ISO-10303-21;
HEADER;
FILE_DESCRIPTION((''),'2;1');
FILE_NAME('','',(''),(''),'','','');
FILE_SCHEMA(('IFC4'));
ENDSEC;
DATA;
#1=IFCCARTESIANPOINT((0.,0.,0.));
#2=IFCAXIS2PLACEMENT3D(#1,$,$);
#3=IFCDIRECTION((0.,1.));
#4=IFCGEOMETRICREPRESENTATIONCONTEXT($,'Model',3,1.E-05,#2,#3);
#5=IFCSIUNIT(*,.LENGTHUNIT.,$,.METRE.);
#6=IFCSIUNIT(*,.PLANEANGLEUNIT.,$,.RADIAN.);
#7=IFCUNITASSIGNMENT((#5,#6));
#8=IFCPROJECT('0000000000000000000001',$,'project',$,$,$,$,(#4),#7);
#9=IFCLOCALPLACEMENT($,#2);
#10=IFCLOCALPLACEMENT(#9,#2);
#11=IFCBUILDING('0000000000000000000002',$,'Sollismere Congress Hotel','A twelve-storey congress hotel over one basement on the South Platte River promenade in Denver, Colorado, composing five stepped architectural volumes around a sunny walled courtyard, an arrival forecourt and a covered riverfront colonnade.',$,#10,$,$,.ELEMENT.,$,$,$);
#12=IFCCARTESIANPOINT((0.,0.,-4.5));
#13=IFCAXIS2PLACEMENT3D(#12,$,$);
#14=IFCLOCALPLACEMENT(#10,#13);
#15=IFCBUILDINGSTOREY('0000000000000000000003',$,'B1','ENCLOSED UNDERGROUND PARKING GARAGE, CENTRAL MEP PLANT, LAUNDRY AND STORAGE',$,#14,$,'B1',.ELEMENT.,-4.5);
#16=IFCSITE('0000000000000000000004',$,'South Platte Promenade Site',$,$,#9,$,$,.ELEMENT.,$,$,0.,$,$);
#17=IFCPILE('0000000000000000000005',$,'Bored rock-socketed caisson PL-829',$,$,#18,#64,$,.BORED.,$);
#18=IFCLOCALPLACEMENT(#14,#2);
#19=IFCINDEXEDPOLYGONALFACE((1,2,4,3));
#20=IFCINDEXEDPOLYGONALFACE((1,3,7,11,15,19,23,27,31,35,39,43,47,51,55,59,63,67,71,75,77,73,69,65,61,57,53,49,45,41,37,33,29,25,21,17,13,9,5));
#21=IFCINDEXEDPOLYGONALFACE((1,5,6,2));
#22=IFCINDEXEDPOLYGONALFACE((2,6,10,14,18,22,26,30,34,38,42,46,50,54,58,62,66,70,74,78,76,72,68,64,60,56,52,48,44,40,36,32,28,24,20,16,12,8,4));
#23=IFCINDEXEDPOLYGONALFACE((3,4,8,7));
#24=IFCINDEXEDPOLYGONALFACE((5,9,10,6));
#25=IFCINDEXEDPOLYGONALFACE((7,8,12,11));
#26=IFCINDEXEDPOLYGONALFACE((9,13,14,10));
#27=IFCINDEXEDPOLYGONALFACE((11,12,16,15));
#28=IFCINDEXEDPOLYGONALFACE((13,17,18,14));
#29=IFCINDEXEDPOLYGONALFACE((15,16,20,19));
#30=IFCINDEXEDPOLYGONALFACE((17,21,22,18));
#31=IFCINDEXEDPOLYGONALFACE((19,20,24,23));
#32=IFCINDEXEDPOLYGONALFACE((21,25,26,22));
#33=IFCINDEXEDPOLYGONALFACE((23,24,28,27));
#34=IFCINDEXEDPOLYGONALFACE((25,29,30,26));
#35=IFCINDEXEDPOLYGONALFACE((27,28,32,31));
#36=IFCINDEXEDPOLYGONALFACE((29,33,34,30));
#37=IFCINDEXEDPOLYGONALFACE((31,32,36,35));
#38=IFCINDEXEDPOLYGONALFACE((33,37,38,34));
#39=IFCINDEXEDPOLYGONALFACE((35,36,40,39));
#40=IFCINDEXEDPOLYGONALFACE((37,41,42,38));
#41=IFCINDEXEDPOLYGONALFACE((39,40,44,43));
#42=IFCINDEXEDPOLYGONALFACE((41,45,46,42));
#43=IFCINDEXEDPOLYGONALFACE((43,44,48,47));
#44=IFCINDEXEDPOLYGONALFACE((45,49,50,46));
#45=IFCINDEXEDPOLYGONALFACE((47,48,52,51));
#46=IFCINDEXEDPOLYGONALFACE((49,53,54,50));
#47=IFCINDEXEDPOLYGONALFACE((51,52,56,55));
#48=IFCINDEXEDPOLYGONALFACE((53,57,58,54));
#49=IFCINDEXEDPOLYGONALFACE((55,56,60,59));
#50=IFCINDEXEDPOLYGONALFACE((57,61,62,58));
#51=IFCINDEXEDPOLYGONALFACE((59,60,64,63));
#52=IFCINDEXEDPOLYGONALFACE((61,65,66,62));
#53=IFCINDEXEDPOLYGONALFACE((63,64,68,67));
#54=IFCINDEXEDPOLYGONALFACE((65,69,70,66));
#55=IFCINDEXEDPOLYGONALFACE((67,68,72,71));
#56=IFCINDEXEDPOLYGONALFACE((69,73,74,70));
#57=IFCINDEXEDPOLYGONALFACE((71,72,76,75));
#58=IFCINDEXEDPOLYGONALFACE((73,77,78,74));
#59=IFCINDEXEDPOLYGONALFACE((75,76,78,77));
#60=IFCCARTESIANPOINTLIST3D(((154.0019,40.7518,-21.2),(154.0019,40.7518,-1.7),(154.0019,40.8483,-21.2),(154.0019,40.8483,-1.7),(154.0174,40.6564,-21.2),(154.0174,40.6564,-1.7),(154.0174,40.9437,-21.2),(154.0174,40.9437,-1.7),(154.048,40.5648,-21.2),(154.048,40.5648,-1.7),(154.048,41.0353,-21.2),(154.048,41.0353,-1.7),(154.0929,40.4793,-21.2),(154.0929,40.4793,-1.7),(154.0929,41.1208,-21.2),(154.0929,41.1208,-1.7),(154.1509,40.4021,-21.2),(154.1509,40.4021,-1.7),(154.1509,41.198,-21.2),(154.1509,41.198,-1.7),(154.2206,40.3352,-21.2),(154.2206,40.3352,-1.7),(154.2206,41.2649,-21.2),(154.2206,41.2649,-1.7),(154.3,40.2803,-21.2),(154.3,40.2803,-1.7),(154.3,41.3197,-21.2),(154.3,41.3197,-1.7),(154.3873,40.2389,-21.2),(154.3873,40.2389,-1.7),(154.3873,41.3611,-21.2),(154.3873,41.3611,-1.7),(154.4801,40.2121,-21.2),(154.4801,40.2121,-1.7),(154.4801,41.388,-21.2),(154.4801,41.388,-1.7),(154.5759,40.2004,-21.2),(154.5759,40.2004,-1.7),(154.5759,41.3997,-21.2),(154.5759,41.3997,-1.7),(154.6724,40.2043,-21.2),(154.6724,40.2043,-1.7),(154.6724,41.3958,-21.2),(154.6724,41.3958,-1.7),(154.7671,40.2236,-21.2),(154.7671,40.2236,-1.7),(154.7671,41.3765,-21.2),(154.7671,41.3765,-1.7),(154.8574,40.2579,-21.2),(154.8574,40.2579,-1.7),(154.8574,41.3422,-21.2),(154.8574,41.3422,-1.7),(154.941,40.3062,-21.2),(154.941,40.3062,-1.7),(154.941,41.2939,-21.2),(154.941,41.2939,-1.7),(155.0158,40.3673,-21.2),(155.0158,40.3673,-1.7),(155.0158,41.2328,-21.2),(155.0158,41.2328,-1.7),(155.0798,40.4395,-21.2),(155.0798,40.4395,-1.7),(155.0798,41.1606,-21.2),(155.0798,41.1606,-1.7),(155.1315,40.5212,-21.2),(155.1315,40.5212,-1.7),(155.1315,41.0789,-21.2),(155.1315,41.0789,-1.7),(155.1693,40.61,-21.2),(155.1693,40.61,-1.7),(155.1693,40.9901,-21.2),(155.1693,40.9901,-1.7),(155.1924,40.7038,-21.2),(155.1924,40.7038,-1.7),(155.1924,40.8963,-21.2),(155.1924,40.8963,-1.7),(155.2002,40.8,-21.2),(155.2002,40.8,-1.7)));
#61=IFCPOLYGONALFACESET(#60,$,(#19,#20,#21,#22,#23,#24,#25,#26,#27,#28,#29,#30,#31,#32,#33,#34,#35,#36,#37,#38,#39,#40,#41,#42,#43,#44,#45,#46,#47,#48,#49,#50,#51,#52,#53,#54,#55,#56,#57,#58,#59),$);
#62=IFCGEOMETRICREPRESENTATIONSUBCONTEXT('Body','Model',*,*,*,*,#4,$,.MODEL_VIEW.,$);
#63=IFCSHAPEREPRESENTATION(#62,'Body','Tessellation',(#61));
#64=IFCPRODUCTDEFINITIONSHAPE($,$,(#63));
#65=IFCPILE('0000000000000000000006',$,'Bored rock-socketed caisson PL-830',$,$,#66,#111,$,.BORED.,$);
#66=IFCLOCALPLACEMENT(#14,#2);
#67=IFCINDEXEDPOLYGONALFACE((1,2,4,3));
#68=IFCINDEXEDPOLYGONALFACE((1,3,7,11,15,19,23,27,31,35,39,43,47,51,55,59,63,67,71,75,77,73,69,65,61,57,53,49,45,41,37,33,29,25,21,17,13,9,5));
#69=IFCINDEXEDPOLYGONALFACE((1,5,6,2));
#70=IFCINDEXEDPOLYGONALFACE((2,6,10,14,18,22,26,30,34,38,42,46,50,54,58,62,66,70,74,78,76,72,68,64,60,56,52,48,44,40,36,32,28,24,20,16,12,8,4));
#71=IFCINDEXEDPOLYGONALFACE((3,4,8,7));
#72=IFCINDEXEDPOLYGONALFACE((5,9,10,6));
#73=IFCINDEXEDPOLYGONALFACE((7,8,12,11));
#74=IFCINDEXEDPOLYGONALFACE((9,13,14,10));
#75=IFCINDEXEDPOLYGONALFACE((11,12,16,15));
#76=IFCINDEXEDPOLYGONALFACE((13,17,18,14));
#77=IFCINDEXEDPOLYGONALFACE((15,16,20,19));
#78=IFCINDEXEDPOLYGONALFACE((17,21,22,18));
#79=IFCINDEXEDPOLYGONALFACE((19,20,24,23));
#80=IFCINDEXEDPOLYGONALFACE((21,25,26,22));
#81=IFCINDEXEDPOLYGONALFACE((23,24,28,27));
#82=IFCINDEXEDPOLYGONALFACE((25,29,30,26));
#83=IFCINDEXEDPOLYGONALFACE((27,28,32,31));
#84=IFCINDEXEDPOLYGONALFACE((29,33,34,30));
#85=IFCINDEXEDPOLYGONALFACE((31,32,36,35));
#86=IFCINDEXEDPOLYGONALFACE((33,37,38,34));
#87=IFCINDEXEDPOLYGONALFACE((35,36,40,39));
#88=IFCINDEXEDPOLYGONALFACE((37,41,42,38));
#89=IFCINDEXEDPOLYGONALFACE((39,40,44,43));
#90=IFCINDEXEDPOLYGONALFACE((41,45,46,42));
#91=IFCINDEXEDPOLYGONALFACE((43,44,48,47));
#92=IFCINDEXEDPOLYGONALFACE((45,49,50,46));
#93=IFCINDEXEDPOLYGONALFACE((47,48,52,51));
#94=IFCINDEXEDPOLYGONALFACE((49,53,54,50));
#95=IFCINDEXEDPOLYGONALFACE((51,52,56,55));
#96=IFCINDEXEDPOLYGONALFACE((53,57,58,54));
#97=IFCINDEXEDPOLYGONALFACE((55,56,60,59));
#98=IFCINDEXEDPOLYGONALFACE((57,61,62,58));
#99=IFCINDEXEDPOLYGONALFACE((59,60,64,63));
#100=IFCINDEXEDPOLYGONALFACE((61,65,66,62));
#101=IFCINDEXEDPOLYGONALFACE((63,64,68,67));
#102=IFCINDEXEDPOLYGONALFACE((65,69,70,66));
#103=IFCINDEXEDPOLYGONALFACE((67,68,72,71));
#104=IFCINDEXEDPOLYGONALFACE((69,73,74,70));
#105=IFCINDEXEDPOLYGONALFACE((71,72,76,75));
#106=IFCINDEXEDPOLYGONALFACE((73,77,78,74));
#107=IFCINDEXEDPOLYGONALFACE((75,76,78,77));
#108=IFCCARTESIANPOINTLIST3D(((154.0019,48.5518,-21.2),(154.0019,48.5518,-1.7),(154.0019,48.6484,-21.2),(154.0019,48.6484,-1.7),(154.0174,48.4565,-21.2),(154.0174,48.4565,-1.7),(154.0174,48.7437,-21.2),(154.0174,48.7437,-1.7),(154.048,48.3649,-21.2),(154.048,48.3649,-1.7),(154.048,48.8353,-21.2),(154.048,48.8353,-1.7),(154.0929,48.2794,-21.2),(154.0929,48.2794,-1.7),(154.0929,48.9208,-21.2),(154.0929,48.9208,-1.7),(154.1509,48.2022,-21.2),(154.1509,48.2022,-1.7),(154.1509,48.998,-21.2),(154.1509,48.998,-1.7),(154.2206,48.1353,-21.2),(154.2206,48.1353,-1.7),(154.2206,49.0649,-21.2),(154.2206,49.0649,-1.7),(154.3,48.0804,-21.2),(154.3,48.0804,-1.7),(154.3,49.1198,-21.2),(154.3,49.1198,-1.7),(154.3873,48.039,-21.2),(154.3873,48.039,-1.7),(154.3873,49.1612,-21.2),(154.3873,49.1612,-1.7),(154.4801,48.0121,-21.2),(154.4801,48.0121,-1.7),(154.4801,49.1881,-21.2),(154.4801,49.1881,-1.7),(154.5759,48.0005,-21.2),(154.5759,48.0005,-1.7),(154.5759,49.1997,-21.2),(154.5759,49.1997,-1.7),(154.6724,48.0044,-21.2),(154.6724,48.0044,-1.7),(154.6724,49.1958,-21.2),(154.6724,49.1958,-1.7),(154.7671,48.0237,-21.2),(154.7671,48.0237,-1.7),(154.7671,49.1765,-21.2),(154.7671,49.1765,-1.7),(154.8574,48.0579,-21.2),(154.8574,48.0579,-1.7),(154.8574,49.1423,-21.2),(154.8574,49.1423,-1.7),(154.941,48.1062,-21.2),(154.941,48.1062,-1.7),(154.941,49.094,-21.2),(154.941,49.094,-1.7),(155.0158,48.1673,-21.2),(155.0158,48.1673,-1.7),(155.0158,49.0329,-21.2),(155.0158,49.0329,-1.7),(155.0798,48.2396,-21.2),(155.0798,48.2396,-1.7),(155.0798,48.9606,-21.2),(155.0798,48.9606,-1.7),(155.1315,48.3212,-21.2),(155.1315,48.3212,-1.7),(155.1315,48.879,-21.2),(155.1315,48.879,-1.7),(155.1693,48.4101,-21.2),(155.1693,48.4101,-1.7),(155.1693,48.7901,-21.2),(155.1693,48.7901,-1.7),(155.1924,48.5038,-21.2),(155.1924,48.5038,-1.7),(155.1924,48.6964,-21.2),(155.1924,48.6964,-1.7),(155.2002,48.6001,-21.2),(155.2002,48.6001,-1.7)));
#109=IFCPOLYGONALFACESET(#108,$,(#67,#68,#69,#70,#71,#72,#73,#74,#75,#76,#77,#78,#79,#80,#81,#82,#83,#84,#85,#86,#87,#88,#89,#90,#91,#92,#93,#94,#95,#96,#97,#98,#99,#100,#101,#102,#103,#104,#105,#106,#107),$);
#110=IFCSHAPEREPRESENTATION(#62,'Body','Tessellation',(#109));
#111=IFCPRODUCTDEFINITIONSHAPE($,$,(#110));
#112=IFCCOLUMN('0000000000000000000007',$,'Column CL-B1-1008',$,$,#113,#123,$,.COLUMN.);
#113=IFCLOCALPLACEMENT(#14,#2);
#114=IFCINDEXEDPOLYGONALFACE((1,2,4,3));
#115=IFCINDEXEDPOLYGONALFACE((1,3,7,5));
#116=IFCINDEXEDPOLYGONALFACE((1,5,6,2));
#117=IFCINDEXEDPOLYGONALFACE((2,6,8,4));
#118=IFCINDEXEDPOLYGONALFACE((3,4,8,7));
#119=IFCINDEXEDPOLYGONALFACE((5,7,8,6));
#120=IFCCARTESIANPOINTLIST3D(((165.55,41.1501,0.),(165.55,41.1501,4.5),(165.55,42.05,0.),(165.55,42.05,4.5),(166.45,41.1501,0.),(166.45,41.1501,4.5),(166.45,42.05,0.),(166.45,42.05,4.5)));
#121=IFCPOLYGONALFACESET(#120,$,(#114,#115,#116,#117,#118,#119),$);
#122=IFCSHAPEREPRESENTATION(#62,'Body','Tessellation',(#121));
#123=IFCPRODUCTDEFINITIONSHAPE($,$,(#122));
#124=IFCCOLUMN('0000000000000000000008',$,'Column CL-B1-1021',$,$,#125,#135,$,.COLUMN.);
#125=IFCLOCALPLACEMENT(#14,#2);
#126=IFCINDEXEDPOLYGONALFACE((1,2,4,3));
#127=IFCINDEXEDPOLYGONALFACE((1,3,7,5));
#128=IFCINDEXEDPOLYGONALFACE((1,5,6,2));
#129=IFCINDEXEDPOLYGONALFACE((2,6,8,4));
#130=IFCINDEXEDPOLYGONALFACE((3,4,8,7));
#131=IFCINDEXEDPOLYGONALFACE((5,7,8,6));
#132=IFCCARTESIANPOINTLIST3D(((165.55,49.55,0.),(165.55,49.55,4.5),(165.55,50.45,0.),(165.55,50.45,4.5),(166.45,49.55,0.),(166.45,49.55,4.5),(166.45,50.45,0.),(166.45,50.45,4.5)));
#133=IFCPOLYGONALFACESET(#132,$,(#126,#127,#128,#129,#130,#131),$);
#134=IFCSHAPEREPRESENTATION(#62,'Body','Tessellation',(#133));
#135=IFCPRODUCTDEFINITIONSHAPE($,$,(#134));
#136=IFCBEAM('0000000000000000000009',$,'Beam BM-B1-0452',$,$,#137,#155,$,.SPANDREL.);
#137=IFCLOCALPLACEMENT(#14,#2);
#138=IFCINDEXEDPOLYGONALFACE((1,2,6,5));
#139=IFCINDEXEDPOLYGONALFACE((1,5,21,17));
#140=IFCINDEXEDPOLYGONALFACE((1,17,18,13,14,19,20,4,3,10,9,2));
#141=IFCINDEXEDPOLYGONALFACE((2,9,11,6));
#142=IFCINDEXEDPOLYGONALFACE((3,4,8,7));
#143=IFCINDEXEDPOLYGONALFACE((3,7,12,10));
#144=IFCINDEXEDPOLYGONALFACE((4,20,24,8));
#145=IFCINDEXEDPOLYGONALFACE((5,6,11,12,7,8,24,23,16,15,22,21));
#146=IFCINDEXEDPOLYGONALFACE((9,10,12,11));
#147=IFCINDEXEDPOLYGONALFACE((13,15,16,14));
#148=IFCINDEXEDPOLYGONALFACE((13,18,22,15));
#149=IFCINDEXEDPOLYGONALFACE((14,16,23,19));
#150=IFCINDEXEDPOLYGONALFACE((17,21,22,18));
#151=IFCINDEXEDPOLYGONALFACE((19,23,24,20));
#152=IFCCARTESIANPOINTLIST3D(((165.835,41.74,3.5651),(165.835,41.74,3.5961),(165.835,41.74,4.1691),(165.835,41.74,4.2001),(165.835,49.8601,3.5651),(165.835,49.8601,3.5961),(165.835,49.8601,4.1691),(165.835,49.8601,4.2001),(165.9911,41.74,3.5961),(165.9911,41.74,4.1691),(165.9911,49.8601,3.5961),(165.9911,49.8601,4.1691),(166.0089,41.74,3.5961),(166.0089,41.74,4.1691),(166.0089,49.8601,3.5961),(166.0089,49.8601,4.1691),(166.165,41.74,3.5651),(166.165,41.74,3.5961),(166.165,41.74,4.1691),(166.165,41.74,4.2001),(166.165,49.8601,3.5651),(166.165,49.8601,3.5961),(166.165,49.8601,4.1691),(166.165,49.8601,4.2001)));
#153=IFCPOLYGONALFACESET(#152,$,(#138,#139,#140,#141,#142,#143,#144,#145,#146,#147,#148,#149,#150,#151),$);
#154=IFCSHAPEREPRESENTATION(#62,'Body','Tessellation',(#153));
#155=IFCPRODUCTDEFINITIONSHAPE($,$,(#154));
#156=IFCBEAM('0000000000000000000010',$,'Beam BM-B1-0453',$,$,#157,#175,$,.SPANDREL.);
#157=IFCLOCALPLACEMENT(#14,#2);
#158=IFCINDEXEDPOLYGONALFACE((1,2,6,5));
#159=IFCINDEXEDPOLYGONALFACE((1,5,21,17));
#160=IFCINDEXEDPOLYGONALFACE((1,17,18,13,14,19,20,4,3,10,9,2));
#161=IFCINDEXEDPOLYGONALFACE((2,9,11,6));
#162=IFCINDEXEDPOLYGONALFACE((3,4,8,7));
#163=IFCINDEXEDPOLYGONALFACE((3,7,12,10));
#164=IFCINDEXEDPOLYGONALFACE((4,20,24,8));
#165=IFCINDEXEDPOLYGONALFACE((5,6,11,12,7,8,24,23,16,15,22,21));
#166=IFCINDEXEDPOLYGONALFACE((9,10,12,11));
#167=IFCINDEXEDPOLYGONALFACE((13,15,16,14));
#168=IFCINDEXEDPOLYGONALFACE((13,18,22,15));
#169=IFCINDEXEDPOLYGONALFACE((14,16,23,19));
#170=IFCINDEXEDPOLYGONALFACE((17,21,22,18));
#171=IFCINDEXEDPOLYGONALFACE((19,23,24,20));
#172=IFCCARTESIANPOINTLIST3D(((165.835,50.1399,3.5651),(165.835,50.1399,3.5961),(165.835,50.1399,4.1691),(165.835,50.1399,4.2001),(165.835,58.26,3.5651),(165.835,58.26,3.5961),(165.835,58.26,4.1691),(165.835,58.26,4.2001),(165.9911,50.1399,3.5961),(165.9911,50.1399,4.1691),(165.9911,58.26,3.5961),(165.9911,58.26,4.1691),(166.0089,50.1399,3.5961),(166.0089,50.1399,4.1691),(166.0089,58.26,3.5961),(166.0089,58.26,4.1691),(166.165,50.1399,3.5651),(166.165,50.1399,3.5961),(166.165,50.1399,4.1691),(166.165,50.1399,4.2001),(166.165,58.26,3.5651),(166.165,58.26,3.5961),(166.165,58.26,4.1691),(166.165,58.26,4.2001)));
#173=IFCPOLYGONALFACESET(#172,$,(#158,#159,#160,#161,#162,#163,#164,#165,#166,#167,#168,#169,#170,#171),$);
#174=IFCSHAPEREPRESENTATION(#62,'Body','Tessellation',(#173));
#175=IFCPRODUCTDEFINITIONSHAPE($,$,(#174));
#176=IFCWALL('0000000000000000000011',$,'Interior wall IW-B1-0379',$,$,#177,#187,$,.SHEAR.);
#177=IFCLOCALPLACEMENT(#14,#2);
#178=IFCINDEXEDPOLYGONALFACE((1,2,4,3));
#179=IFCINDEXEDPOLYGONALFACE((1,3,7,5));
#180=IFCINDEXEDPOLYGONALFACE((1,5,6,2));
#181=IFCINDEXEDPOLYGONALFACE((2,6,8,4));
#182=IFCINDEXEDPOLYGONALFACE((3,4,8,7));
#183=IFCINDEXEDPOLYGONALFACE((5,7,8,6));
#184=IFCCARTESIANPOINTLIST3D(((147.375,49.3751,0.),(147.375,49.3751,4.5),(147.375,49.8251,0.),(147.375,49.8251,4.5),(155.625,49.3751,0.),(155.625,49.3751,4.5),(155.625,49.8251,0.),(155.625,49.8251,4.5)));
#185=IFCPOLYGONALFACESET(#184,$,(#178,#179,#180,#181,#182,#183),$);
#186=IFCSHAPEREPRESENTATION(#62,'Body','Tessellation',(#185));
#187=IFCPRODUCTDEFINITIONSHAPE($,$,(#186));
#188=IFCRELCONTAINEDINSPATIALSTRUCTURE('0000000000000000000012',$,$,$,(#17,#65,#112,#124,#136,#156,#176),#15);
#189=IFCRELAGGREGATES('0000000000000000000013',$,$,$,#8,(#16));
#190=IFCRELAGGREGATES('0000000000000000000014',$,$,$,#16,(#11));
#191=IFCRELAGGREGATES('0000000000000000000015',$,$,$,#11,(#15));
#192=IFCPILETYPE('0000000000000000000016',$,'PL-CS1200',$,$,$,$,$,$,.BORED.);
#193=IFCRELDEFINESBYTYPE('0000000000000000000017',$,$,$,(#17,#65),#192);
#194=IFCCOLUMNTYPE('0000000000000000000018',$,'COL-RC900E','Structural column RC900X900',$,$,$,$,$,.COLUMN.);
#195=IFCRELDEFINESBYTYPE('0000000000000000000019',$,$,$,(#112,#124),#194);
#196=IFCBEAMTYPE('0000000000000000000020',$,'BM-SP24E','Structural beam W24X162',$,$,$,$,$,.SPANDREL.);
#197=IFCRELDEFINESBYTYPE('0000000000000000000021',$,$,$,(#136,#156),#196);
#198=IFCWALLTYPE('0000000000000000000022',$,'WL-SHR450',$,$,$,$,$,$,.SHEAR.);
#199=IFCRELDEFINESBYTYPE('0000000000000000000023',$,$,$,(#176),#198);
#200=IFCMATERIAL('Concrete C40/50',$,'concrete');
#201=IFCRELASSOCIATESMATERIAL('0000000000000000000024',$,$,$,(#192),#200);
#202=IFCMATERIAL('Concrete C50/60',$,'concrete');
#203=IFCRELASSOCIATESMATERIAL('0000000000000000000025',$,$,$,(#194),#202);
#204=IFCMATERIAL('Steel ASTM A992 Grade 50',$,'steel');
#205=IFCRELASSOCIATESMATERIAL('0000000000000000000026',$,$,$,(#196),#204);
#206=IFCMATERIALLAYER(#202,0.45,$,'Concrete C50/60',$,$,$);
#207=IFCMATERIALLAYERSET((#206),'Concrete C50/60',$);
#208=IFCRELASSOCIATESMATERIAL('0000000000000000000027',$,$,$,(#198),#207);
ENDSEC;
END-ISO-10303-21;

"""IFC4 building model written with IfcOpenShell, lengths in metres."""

from ifc_helpers import new_model, si_unit, direction, frame, frame_2d, origin, origin_2d, place, context, subcontext, project, spatial, rectangle, circle, i_section, extrude, material, layer, layer_set, material_profile, profile_set, type_object, element, save


model = new_model("IFC4")

# Units and contexts
model_context = context("Model", 3, precision=1e-05, world=origin(), true_north=direction((0.0, 1.0)))
body_context = subcontext(model_context, "Body", "Model", "MODEL_VIEW")
ifc_project = project(units=[si_unit("LENGTHUNIT", "METRE"), si_unit("PLANEANGLEUNIT", "RADIAN")], contexts=[model_context])

# Site, building, storey
site_placement = place(None, origin())
site = spatial("IfcSite", under=ifc_project, at=site_placement, Name="South Platte Promenade Site", CompositionType="ELEMENT", RefElevation=0.0)
building_placement = place(site_placement, origin())
building = spatial("IfcBuilding", under=site, at=building_placement, Name="Sollismere Congress Hotel", Description="A twelve-storey congress hotel over one basement on the South Platte River promenade in Denver, Colorado, composing five stepped architectural volumes around a sunny walled courtyard, an arrival forecourt and a covered riverfront colonnade.", CompositionType="ELEMENT")
storey_placement = place(building_placement, frame((0.0, 0.0, -4.5)))
storey = spatial("IfcBuildingStorey", under=building, at=storey_placement, Name="B1", Description="ENCLOSED UNDERGROUND PARKING GARAGE, CENTRAL MEP PLANT, LAUNDRY AND STORAGE", LongName="B1", CompositionType="ELEMENT", Elevation=-4.5)

# Shared definitions
ifc_material_1 = material(Name="Concrete C40/50", Category="concrete")

# Piles
ifc_material_profile_1 = material_profile(ifc_material_1, circle(Radius=0.6001, at=origin_2d()), Name="CAISSON1200")
ifc_profile_set_1 = profile_set([ifc_material_profile_1], Name="Concrete C40/50")
pile_type = type_object("IfcPileType", Name="PL-CS1200", PredefinedType="BORED", material=ifc_profile_set_1)
for number, where, z_axis, x_axis, name in (
    (1, (154.6001, 40.8, -1.7), (0.0, 0.0, -1.0), (1.0, 0.0, 0.0), "Bored rock-socketed caisson PL-829"),
    (2, (154.6001, 48.6001, -1.7), (0.0, 0.0, -1.0), (1.0, 0.0, 0.0), "Bored rock-socketed caisson PL-830"),
):
    element("IfcPile", number, at=place(storey_placement, frame(where, z_axis=z_axis, x_axis=x_axis)), inside=storey, type_object=pile_type, Name=name, PredefinedType="BORED", context=body_context, shape_type="SweptSolid", body=[
        extrude(circle(Radius=0.6001, at=origin_2d()), origin(), (0.0, 0.0, 1.0), 19.5),
    ])

# Columns
ifc_material_2 = material(Name="Concrete C50/60", Category="concrete")
ifc_material_profile_2 = material_profile(ifc_material_2, rectangle(XDim=0.8999, YDim=0.8999, at=origin_2d()), Name="RC900X900")
ifc_profile_set_2 = profile_set([ifc_material_profile_2], Name="Concrete C50/60")
column_type = type_object("IfcColumnType", Name="COL-RC900E", Description="Structural column RC900X900", PredefinedType="COLUMN", material=ifc_profile_set_2)
for number, where, z_axis, x_axis, name in (
    (3, (166.0, 41.6001, 0.0), (0.0, 0.0, 1.0), (1.0, 0.0, 0.0), "Column CL-B1-1008"),
    (4, (166.0, 50.0, 0.0), (0.0, 0.0, 1.0), (1.0, 0.0, 0.0), "Column CL-B1-1021"),
):
    element("IfcColumn", number, at=place(storey_placement, frame(where, z_axis=z_axis, x_axis=x_axis)), inside=storey, type_object=column_type, Name=name, PredefinedType="COLUMN", context=body_context, shape_type="SweptSolid", body=[
        extrude(rectangle(XDim=0.8999, YDim=0.8999, at=origin_2d()), origin(), (0.0, 0.0, 1.0), 4.5),
    ])

# Beams
ifc_material_3 = material(Name="Steel ASTM A992 Grade 50", Category="steel")
ifc_material_profile_3 = material_profile(ifc_material_3, i_section(OverallWidth=0.3301, OverallDepth=0.635, WebThickness=0.0178, FlangeThickness=0.031, at=origin_2d()), Name="W24X162")
ifc_profile_set_3 = profile_set([ifc_material_profile_3], Name="Steel ASTM A992 Grade 50")
beam_type = type_object("IfcBeamType", Name="BM-SP24E", Description="Structural beam W24X162", PredefinedType="SPANDREL", material=ifc_profile_set_3)
for number, where, z_axis, x_axis, name in (
    (5, (166.0, 41.74, 3.8826), (0.0, 1.0, 0.0), (-1.0, 0.0, 0.0), "Beam BM-B1-0452"),
    (6, (166.0, 50.1399, 3.8826), (0.0, 1.0, 0.0), (-1.0, 0.0, 0.0), "Beam BM-B1-0453"),
):
    element("IfcBeam", number, at=place(storey_placement, frame(where, z_axis=z_axis, x_axis=x_axis)), inside=storey, type_object=beam_type, Name=name, PredefinedType="SPANDREL", context=body_context, shape_type="SweptSolid", body=[
        extrude(i_section(OverallWidth=0.3301, OverallDepth=0.635, WebThickness=0.0178, FlangeThickness=0.031, at=origin_2d()), origin(), (0.0, 0.0, 1.0), 8.1201),
    ])

# Wall
ifc_layer = layer(ifc_material_2, 0.45, Name="Concrete C50/60")
ifc_layer_set = layer_set([ifc_layer], Name="Concrete C50/60")
wall_type = type_object("IfcWallType", Name="WL-SHR450", PredefinedType="SHEAR", material=ifc_layer_set)
wall_1_placement = place(storey_placement, frame((155.625, 49.6001, 0.0), z_axis=(0.0, 0.0, 1.0), x_axis=(-1.0, 0.0, 0.0)))
element("IfcWall", 7, at=wall_1_placement, inside=storey, type_object=wall_type, Name="Interior wall IW-B1-0379", PredefinedType="SHEAR", context=body_context, shape_type="SweptSolid", body=[
    extrude(rectangle(XDim=8.25, YDim=0.45, at=frame_2d((4.125, 0.0))), origin(), (0.0, 0.0, 1.0), 4.5),
])

save(model, "model.ifc")
